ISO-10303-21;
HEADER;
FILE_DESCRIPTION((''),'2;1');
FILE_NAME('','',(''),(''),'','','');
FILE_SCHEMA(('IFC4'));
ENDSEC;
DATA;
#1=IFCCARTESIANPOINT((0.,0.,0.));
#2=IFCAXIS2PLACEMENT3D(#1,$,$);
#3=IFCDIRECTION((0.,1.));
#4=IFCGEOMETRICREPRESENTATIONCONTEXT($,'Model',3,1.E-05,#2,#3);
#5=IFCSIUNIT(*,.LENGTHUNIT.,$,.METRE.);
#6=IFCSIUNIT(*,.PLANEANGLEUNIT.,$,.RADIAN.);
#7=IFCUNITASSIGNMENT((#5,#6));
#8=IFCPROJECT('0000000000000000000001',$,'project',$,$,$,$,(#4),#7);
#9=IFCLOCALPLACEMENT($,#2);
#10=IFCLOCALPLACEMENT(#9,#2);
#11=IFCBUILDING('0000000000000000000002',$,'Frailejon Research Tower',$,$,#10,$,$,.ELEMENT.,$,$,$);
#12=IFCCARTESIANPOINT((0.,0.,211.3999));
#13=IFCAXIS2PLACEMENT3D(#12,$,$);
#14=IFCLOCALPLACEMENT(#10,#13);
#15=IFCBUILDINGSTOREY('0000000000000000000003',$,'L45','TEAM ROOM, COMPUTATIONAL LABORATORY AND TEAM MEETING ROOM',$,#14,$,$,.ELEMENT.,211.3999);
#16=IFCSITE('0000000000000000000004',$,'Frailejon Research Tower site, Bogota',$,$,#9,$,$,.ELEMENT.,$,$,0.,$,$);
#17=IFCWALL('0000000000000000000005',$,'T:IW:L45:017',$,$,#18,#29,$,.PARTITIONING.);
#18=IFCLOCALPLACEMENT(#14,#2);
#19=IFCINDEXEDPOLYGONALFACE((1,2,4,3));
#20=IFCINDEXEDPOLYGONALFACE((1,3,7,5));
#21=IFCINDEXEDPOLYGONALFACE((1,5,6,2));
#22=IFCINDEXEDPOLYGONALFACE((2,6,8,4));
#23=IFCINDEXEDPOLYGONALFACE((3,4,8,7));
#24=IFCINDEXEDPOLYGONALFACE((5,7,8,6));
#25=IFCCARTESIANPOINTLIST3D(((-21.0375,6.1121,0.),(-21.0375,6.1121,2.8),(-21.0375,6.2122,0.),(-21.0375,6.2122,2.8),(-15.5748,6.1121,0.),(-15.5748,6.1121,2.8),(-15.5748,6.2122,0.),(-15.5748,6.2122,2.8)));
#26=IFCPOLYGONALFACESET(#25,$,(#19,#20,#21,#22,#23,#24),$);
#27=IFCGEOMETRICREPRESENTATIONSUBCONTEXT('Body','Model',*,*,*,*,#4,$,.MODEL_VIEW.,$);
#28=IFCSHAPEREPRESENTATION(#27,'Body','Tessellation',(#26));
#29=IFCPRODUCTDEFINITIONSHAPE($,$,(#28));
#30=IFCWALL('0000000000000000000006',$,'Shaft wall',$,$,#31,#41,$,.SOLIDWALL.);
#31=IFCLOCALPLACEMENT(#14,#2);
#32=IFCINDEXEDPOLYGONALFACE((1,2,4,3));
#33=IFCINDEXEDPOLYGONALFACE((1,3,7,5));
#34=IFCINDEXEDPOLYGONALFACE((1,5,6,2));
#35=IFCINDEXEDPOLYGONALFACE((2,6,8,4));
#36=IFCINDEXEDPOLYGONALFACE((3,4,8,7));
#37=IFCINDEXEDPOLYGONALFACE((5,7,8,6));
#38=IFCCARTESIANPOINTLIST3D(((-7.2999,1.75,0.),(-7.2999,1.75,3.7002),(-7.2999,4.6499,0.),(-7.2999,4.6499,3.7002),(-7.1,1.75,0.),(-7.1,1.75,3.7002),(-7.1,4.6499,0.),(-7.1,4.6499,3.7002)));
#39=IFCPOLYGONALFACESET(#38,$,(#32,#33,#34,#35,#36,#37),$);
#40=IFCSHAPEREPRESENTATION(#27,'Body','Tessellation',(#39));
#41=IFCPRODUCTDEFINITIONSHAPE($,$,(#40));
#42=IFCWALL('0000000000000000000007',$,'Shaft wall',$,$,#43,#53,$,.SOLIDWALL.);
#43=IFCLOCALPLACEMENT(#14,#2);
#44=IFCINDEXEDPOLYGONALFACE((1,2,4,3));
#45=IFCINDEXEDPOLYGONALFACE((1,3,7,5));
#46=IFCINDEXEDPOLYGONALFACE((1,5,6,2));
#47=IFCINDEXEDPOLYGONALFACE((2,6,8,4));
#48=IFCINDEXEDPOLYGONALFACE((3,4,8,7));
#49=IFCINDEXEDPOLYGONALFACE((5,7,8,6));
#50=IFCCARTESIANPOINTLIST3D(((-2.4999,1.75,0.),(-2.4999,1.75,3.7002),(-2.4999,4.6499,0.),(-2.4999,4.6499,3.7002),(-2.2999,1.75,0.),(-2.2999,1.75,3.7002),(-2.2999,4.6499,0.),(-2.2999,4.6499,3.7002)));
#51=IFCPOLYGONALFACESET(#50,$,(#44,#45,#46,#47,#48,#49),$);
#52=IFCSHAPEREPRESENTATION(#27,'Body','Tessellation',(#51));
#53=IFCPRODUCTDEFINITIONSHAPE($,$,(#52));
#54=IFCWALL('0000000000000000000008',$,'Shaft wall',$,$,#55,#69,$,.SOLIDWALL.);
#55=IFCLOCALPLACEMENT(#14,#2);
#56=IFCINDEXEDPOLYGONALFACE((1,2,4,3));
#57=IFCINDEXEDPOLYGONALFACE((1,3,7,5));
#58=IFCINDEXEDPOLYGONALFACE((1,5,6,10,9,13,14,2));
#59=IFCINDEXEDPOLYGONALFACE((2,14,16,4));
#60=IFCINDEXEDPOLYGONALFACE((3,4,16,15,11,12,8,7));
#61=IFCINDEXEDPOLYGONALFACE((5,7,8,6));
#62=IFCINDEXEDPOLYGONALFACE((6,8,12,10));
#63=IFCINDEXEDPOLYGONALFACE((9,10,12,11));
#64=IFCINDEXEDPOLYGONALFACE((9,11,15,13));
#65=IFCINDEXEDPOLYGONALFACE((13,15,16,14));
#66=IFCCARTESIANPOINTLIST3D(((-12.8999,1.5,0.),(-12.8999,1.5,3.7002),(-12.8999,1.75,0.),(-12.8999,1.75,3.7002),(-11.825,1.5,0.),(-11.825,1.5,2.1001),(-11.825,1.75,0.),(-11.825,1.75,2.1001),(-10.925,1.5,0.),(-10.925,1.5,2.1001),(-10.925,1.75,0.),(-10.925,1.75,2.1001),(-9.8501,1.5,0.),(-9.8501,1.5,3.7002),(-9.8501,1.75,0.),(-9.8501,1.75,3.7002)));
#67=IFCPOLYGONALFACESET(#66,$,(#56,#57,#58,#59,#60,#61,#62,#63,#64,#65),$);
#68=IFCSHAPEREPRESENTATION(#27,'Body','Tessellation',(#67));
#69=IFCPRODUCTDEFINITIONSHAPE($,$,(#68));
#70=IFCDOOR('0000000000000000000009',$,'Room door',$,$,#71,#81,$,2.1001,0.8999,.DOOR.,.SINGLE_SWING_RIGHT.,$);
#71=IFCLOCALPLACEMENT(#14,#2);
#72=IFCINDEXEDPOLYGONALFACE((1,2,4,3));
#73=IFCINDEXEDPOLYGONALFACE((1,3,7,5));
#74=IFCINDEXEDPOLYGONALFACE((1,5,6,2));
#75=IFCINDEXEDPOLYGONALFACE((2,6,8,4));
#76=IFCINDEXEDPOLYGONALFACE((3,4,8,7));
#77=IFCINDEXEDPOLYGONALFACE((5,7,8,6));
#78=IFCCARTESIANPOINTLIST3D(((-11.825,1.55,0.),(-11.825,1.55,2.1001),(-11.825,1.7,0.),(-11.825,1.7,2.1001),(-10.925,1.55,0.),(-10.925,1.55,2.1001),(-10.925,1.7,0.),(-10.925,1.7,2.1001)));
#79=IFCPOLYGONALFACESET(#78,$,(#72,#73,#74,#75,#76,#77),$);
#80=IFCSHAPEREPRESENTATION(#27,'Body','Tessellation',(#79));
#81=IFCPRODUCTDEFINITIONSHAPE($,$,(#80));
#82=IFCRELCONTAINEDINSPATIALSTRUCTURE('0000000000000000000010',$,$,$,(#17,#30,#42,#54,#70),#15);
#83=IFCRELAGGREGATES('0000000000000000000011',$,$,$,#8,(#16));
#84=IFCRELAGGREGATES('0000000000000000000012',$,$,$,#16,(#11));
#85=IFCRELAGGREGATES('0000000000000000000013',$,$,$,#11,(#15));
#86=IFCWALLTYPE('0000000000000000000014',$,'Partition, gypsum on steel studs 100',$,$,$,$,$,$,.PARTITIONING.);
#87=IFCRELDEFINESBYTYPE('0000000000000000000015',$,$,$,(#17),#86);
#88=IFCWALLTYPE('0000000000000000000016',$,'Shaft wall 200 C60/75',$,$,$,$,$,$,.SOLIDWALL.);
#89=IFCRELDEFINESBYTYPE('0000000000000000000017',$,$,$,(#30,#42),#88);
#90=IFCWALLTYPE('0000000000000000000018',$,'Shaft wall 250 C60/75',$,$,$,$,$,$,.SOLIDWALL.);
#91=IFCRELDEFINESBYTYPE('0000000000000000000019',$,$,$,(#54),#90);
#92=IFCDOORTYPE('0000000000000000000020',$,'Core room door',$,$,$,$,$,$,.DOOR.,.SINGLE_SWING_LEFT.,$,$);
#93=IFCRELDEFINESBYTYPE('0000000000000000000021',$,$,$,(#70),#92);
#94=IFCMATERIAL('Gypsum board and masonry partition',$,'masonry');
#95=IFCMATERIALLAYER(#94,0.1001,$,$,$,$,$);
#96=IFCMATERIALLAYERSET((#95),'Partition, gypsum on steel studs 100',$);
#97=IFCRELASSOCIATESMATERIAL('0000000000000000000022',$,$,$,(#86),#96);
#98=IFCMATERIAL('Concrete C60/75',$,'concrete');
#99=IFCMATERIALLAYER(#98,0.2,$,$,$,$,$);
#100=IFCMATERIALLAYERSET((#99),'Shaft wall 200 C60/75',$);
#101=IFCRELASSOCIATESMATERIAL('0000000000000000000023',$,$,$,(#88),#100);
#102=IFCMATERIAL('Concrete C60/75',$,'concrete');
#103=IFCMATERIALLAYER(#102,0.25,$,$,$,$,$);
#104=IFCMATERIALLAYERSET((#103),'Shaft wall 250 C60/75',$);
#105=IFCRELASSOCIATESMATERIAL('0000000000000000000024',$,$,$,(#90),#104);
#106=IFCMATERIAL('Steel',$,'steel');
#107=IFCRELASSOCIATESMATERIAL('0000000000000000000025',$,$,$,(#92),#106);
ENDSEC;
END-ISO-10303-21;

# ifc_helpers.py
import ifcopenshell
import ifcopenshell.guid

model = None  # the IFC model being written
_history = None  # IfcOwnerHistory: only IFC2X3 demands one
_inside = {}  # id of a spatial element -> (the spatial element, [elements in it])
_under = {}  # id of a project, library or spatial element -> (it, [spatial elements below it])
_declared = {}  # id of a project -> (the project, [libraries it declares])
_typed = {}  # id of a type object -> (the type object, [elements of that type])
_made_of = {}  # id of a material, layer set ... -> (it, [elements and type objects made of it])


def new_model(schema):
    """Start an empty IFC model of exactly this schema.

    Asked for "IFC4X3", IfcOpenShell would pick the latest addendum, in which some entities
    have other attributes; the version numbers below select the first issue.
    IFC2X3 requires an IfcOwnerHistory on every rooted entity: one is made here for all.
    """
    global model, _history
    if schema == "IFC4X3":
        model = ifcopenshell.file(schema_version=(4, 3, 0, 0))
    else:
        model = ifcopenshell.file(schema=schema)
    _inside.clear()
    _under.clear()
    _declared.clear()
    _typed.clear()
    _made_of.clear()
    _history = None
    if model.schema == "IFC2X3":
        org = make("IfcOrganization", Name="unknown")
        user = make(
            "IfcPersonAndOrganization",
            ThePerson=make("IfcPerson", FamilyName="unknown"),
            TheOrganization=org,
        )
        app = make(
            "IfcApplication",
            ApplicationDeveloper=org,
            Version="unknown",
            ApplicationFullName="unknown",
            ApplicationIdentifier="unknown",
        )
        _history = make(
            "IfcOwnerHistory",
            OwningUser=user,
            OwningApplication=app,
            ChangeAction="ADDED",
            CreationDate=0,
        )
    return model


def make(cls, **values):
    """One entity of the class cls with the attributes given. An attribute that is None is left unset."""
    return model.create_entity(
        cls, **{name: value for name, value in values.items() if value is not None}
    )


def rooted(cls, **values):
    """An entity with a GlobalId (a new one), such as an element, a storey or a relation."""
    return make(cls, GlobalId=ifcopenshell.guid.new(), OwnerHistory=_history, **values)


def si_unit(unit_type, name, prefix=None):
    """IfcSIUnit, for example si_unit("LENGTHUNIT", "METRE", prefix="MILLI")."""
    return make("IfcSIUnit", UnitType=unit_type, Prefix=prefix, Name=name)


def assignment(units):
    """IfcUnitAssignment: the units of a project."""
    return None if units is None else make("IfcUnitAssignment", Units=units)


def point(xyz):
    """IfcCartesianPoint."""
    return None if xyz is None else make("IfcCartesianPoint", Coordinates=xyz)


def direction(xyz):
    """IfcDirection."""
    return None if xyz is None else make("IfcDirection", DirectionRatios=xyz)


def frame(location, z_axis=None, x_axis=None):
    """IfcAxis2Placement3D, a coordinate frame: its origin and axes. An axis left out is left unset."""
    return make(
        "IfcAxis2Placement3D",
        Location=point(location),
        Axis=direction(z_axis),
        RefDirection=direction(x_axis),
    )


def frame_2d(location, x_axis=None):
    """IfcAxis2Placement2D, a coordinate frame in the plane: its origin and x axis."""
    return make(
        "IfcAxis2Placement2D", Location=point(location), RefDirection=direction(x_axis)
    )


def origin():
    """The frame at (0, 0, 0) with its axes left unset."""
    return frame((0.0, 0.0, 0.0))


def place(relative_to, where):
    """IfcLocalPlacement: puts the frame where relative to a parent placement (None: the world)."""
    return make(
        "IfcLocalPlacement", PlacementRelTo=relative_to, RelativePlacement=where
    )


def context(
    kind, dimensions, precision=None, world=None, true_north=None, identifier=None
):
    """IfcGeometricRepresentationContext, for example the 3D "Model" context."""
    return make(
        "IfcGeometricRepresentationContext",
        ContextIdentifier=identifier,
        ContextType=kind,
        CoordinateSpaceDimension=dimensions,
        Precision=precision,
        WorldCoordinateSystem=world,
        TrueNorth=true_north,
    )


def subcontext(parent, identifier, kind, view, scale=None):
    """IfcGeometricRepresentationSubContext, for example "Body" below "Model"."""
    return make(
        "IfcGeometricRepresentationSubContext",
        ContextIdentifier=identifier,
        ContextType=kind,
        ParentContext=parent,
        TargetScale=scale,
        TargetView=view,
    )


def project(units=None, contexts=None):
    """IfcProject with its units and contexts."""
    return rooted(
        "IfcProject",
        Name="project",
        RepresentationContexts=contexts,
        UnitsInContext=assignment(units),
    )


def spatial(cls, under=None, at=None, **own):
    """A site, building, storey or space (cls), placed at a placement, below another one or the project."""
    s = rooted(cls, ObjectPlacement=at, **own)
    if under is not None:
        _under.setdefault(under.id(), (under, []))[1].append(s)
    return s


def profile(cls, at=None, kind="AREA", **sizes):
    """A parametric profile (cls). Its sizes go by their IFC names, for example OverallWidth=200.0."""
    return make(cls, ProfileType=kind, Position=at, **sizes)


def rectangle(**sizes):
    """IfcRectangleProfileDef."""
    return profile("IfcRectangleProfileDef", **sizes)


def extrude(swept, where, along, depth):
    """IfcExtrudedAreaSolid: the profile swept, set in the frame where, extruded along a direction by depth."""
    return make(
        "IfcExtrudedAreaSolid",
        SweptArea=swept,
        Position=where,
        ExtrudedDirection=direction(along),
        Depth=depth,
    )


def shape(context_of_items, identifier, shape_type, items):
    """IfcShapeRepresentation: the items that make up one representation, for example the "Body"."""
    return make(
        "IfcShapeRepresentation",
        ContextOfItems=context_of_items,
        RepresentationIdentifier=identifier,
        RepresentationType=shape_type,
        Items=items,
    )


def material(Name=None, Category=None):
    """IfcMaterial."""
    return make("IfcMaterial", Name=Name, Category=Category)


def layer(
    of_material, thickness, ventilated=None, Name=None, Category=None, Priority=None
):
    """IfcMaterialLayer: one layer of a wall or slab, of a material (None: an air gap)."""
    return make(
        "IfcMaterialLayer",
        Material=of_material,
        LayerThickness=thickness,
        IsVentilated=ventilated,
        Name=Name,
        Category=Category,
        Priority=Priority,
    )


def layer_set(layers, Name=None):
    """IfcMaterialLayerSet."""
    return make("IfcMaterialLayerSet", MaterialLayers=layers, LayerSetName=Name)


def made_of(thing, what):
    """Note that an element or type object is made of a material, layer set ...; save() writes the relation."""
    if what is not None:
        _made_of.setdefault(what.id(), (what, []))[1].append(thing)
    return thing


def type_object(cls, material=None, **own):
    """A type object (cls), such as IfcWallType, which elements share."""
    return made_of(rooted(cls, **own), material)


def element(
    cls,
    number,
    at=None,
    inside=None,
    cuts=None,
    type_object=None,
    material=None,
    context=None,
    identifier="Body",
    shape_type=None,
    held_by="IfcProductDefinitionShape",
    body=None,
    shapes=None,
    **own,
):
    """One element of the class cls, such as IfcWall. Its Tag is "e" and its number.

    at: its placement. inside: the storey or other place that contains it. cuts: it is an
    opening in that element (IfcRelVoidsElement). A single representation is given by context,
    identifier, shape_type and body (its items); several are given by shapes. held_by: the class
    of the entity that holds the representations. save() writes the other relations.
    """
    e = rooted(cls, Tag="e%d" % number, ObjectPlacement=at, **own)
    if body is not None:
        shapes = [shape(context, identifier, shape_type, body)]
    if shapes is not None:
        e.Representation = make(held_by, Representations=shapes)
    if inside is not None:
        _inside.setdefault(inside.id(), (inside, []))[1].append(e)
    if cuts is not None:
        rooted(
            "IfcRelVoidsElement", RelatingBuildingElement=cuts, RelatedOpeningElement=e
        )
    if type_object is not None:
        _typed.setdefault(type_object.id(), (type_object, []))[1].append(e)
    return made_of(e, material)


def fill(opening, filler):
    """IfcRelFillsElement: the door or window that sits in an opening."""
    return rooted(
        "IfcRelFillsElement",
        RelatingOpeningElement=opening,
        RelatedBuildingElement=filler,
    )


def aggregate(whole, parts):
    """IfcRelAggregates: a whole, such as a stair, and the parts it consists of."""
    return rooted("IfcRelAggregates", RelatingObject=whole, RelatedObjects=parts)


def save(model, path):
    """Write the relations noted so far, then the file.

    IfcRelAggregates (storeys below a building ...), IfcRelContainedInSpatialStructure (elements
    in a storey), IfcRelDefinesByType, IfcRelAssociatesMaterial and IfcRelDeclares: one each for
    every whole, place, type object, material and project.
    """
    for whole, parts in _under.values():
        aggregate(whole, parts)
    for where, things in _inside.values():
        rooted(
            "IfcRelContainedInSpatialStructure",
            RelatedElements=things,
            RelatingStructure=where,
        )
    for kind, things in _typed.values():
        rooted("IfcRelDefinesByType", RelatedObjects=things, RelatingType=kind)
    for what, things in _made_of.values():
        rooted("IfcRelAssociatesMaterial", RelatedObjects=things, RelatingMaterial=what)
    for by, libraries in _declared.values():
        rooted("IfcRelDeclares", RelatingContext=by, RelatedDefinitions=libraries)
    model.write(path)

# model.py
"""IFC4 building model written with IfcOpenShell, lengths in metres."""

from ifc_helpers import new_model, si_unit, direction, frame, frame_2d, origin, place, context, subcontext, project, spatial, rectangle, extrude, material, layer, layer_set, type_object, element, fill, save


model = new_model("IFC4")

# Units and contexts
model_context = context("Model", 3, precision=1e-05, world=origin(), true_north=direction((0.0, 1.0)))
body_context = subcontext(model_context, "Body", "Model", "MODEL_VIEW")
ifc_project = project(units=[si_unit("LENGTHUNIT", "METRE"), si_unit("PLANEANGLEUNIT", "RADIAN")], contexts=[model_context])

# Site, building, storey
site_placement = place(None, origin())
site = spatial("IfcSite", under=ifc_project, at=site_placement, Name="Frailejon Research Tower site, Bogota", CompositionType="ELEMENT", RefElevation=0.0)
building_placement = place(site_placement, origin())
building = spatial("IfcBuilding", under=site, at=building_placement, Name="Frailejon Research Tower", CompositionType="ELEMENT")
storey_placement = place(building_placement, frame((0.0, 0.0, 211.3999)))
storey = spatial("IfcBuildingStorey", under=building, at=storey_placement, Name="L45", Description="TEAM ROOM, COMPUTATIONAL LABORATORY AND TEAM MEETING ROOM", CompositionType="ELEMENT", Elevation=211.3999)

# Walls
ifc_material_1 = material(Name="Gypsum board and masonry partition", Category="masonry")
ifc_layer_1 = layer(ifc_material_1, 0.1001)
ifc_layer_set_1 = layer_set([ifc_layer_1], Name="Partition, gypsum on steel studs 100")
wall_type_1 = type_object("IfcWallType", Name="Partition, gypsum on steel studs 100", PredefinedType="PARTITIONING", material=ifc_layer_set_1)
wall_1_placement = place(storey_placement, frame((-21.0376, 6.1621, 0.0), z_axis=(0.0, 0.0, 1.0), x_axis=(1.0, 0.0, 0.0)))
element("IfcWall", 1, at=wall_1_placement, inside=storey, type_object=wall_type_1, Name="T:IW:L45:017", PredefinedType="PARTITIONING", context=body_context, shape_type="SweptSolid", body=[
    extrude(rectangle(XDim=5.4626, YDim=0.1001, at=frame_2d((2.7314, 0.0))), origin(), (0.0, 0.0, 1.0), 2.8),
])
ifc_material_2 = material(Name="Concrete C60/75", Category="concrete")
ifc_layer_2 = layer(ifc_material_2, 0.2)
ifc_layer_set_2 = layer_set([ifc_layer_2], Name="Shaft wall 200 C60/75")
wall_type_2 = type_object("IfcWallType", Name="Shaft wall 200 C60/75", PredefinedType="SOLIDWALL", material=ifc_layer_set_2)
for number, where, z_axis, x_axis, name in (
    (2, (-7.2, 1.75, 0.0), (0.0, 0.0, 1.0), (0.0, 1.0, 0.0), "Shaft wall"),
    (3, (-2.3999, 1.75, 0.0), (0.0, 0.0, 1.0), (0.0, 1.0, 0.0), "Shaft wall"),
):
    element("IfcWall", number, at=place(storey_placement, frame(where, z_axis=z_axis, x_axis=x_axis)), inside=storey, type_object=wall_type_2, Name=name, PredefinedType="SOLIDWALL", context=body_context, shape_type="SweptSolid", body=[
        extrude(rectangle(XDim=2.8999, YDim=0.2, at=frame_2d((1.45, 0.0))), origin(), (0.0, 0.0, 1.0), 3.7002),
    ])

# Wall, opening, door
ifc_material_3 = material(Name="Concrete C60/75", Category="concrete")
ifc_layer_3 = layer(ifc_material_3, 0.25)
ifc_layer_set_3 = layer_set([ifc_layer_3], Name="Shaft wall 250 C60/75")
wall_type_3 = type_object("IfcWallType", Name="Shaft wall 250 C60/75", PredefinedType="SOLIDWALL", material=ifc_layer_set_3)
wall_2_placement = place(storey_placement, frame((-12.8999, 1.625, 0.0), z_axis=(0.0, 0.0, 1.0), x_axis=(1.0, 0.0, 0.0)))
wall_2 = element("IfcWall", 4, at=wall_2_placement, inside=storey, type_object=wall_type_3, Name="Shaft wall", PredefinedType="SOLIDWALL", context=body_context, shape_type="SweptSolid", body=[
    extrude(rectangle(XDim=3.0498, YDim=0.25, at=frame_2d((1.5249, 0.0))), origin(), (0.0, 0.0, 1.0), 3.7002),
])
opening_1_placement = place(wall_2_placement, frame((1.075, 0.0, 0.0)))
opening_1 = element("IfcOpeningElement", 5, at=opening_1_placement, cuts=wall_2, PredefinedType="OPENING", context=body_context, shape_type="SweptSolid", body=[
    extrude(rectangle(XDim=0.8999, YDim=2.1001, at=frame_2d((0.45, 1.05))), frame((0.0, 0.135, 0.0), z_axis=(0.0, -1.0, 0.0), x_axis=(1.0, 0.0, 0.0)), (0.0, 0.0, 1.0), 0.27),
])
ifc_material_4 = material(Name="Steel", Category="steel")
door_type_1 = type_object("IfcDoorType", Name="Core room door", OperationType="SINGLE_SWING_LEFT", PredefinedType="DOOR", material=ifc_material_4)
door_1_placement = place(opening_1_placement, origin())
door_1 = element("IfcDoor", 6, at=door_1_placement, inside=storey, type_object=door_type_1, Name="Room door", OperationType="SINGLE_SWING_RIGHT", OverallHeight=2.1001, OverallWidth=0.8999, PredefinedType="DOOR", context=body_context, shape_type="SweptSolid", body=[
    extrude(rectangle(XDim=0.8999, YDim=2.1001, at=frame_2d((0.45, 1.05))), frame((0.0, 0.075, 0.0), z_axis=(0.0, -1.0, 0.0), x_axis=(1.0, 0.0, 0.0)), (0.0, 0.0, 1.0), 0.1499),
])
fill(opening_1, door_1)

save(model, "model.ifc")
